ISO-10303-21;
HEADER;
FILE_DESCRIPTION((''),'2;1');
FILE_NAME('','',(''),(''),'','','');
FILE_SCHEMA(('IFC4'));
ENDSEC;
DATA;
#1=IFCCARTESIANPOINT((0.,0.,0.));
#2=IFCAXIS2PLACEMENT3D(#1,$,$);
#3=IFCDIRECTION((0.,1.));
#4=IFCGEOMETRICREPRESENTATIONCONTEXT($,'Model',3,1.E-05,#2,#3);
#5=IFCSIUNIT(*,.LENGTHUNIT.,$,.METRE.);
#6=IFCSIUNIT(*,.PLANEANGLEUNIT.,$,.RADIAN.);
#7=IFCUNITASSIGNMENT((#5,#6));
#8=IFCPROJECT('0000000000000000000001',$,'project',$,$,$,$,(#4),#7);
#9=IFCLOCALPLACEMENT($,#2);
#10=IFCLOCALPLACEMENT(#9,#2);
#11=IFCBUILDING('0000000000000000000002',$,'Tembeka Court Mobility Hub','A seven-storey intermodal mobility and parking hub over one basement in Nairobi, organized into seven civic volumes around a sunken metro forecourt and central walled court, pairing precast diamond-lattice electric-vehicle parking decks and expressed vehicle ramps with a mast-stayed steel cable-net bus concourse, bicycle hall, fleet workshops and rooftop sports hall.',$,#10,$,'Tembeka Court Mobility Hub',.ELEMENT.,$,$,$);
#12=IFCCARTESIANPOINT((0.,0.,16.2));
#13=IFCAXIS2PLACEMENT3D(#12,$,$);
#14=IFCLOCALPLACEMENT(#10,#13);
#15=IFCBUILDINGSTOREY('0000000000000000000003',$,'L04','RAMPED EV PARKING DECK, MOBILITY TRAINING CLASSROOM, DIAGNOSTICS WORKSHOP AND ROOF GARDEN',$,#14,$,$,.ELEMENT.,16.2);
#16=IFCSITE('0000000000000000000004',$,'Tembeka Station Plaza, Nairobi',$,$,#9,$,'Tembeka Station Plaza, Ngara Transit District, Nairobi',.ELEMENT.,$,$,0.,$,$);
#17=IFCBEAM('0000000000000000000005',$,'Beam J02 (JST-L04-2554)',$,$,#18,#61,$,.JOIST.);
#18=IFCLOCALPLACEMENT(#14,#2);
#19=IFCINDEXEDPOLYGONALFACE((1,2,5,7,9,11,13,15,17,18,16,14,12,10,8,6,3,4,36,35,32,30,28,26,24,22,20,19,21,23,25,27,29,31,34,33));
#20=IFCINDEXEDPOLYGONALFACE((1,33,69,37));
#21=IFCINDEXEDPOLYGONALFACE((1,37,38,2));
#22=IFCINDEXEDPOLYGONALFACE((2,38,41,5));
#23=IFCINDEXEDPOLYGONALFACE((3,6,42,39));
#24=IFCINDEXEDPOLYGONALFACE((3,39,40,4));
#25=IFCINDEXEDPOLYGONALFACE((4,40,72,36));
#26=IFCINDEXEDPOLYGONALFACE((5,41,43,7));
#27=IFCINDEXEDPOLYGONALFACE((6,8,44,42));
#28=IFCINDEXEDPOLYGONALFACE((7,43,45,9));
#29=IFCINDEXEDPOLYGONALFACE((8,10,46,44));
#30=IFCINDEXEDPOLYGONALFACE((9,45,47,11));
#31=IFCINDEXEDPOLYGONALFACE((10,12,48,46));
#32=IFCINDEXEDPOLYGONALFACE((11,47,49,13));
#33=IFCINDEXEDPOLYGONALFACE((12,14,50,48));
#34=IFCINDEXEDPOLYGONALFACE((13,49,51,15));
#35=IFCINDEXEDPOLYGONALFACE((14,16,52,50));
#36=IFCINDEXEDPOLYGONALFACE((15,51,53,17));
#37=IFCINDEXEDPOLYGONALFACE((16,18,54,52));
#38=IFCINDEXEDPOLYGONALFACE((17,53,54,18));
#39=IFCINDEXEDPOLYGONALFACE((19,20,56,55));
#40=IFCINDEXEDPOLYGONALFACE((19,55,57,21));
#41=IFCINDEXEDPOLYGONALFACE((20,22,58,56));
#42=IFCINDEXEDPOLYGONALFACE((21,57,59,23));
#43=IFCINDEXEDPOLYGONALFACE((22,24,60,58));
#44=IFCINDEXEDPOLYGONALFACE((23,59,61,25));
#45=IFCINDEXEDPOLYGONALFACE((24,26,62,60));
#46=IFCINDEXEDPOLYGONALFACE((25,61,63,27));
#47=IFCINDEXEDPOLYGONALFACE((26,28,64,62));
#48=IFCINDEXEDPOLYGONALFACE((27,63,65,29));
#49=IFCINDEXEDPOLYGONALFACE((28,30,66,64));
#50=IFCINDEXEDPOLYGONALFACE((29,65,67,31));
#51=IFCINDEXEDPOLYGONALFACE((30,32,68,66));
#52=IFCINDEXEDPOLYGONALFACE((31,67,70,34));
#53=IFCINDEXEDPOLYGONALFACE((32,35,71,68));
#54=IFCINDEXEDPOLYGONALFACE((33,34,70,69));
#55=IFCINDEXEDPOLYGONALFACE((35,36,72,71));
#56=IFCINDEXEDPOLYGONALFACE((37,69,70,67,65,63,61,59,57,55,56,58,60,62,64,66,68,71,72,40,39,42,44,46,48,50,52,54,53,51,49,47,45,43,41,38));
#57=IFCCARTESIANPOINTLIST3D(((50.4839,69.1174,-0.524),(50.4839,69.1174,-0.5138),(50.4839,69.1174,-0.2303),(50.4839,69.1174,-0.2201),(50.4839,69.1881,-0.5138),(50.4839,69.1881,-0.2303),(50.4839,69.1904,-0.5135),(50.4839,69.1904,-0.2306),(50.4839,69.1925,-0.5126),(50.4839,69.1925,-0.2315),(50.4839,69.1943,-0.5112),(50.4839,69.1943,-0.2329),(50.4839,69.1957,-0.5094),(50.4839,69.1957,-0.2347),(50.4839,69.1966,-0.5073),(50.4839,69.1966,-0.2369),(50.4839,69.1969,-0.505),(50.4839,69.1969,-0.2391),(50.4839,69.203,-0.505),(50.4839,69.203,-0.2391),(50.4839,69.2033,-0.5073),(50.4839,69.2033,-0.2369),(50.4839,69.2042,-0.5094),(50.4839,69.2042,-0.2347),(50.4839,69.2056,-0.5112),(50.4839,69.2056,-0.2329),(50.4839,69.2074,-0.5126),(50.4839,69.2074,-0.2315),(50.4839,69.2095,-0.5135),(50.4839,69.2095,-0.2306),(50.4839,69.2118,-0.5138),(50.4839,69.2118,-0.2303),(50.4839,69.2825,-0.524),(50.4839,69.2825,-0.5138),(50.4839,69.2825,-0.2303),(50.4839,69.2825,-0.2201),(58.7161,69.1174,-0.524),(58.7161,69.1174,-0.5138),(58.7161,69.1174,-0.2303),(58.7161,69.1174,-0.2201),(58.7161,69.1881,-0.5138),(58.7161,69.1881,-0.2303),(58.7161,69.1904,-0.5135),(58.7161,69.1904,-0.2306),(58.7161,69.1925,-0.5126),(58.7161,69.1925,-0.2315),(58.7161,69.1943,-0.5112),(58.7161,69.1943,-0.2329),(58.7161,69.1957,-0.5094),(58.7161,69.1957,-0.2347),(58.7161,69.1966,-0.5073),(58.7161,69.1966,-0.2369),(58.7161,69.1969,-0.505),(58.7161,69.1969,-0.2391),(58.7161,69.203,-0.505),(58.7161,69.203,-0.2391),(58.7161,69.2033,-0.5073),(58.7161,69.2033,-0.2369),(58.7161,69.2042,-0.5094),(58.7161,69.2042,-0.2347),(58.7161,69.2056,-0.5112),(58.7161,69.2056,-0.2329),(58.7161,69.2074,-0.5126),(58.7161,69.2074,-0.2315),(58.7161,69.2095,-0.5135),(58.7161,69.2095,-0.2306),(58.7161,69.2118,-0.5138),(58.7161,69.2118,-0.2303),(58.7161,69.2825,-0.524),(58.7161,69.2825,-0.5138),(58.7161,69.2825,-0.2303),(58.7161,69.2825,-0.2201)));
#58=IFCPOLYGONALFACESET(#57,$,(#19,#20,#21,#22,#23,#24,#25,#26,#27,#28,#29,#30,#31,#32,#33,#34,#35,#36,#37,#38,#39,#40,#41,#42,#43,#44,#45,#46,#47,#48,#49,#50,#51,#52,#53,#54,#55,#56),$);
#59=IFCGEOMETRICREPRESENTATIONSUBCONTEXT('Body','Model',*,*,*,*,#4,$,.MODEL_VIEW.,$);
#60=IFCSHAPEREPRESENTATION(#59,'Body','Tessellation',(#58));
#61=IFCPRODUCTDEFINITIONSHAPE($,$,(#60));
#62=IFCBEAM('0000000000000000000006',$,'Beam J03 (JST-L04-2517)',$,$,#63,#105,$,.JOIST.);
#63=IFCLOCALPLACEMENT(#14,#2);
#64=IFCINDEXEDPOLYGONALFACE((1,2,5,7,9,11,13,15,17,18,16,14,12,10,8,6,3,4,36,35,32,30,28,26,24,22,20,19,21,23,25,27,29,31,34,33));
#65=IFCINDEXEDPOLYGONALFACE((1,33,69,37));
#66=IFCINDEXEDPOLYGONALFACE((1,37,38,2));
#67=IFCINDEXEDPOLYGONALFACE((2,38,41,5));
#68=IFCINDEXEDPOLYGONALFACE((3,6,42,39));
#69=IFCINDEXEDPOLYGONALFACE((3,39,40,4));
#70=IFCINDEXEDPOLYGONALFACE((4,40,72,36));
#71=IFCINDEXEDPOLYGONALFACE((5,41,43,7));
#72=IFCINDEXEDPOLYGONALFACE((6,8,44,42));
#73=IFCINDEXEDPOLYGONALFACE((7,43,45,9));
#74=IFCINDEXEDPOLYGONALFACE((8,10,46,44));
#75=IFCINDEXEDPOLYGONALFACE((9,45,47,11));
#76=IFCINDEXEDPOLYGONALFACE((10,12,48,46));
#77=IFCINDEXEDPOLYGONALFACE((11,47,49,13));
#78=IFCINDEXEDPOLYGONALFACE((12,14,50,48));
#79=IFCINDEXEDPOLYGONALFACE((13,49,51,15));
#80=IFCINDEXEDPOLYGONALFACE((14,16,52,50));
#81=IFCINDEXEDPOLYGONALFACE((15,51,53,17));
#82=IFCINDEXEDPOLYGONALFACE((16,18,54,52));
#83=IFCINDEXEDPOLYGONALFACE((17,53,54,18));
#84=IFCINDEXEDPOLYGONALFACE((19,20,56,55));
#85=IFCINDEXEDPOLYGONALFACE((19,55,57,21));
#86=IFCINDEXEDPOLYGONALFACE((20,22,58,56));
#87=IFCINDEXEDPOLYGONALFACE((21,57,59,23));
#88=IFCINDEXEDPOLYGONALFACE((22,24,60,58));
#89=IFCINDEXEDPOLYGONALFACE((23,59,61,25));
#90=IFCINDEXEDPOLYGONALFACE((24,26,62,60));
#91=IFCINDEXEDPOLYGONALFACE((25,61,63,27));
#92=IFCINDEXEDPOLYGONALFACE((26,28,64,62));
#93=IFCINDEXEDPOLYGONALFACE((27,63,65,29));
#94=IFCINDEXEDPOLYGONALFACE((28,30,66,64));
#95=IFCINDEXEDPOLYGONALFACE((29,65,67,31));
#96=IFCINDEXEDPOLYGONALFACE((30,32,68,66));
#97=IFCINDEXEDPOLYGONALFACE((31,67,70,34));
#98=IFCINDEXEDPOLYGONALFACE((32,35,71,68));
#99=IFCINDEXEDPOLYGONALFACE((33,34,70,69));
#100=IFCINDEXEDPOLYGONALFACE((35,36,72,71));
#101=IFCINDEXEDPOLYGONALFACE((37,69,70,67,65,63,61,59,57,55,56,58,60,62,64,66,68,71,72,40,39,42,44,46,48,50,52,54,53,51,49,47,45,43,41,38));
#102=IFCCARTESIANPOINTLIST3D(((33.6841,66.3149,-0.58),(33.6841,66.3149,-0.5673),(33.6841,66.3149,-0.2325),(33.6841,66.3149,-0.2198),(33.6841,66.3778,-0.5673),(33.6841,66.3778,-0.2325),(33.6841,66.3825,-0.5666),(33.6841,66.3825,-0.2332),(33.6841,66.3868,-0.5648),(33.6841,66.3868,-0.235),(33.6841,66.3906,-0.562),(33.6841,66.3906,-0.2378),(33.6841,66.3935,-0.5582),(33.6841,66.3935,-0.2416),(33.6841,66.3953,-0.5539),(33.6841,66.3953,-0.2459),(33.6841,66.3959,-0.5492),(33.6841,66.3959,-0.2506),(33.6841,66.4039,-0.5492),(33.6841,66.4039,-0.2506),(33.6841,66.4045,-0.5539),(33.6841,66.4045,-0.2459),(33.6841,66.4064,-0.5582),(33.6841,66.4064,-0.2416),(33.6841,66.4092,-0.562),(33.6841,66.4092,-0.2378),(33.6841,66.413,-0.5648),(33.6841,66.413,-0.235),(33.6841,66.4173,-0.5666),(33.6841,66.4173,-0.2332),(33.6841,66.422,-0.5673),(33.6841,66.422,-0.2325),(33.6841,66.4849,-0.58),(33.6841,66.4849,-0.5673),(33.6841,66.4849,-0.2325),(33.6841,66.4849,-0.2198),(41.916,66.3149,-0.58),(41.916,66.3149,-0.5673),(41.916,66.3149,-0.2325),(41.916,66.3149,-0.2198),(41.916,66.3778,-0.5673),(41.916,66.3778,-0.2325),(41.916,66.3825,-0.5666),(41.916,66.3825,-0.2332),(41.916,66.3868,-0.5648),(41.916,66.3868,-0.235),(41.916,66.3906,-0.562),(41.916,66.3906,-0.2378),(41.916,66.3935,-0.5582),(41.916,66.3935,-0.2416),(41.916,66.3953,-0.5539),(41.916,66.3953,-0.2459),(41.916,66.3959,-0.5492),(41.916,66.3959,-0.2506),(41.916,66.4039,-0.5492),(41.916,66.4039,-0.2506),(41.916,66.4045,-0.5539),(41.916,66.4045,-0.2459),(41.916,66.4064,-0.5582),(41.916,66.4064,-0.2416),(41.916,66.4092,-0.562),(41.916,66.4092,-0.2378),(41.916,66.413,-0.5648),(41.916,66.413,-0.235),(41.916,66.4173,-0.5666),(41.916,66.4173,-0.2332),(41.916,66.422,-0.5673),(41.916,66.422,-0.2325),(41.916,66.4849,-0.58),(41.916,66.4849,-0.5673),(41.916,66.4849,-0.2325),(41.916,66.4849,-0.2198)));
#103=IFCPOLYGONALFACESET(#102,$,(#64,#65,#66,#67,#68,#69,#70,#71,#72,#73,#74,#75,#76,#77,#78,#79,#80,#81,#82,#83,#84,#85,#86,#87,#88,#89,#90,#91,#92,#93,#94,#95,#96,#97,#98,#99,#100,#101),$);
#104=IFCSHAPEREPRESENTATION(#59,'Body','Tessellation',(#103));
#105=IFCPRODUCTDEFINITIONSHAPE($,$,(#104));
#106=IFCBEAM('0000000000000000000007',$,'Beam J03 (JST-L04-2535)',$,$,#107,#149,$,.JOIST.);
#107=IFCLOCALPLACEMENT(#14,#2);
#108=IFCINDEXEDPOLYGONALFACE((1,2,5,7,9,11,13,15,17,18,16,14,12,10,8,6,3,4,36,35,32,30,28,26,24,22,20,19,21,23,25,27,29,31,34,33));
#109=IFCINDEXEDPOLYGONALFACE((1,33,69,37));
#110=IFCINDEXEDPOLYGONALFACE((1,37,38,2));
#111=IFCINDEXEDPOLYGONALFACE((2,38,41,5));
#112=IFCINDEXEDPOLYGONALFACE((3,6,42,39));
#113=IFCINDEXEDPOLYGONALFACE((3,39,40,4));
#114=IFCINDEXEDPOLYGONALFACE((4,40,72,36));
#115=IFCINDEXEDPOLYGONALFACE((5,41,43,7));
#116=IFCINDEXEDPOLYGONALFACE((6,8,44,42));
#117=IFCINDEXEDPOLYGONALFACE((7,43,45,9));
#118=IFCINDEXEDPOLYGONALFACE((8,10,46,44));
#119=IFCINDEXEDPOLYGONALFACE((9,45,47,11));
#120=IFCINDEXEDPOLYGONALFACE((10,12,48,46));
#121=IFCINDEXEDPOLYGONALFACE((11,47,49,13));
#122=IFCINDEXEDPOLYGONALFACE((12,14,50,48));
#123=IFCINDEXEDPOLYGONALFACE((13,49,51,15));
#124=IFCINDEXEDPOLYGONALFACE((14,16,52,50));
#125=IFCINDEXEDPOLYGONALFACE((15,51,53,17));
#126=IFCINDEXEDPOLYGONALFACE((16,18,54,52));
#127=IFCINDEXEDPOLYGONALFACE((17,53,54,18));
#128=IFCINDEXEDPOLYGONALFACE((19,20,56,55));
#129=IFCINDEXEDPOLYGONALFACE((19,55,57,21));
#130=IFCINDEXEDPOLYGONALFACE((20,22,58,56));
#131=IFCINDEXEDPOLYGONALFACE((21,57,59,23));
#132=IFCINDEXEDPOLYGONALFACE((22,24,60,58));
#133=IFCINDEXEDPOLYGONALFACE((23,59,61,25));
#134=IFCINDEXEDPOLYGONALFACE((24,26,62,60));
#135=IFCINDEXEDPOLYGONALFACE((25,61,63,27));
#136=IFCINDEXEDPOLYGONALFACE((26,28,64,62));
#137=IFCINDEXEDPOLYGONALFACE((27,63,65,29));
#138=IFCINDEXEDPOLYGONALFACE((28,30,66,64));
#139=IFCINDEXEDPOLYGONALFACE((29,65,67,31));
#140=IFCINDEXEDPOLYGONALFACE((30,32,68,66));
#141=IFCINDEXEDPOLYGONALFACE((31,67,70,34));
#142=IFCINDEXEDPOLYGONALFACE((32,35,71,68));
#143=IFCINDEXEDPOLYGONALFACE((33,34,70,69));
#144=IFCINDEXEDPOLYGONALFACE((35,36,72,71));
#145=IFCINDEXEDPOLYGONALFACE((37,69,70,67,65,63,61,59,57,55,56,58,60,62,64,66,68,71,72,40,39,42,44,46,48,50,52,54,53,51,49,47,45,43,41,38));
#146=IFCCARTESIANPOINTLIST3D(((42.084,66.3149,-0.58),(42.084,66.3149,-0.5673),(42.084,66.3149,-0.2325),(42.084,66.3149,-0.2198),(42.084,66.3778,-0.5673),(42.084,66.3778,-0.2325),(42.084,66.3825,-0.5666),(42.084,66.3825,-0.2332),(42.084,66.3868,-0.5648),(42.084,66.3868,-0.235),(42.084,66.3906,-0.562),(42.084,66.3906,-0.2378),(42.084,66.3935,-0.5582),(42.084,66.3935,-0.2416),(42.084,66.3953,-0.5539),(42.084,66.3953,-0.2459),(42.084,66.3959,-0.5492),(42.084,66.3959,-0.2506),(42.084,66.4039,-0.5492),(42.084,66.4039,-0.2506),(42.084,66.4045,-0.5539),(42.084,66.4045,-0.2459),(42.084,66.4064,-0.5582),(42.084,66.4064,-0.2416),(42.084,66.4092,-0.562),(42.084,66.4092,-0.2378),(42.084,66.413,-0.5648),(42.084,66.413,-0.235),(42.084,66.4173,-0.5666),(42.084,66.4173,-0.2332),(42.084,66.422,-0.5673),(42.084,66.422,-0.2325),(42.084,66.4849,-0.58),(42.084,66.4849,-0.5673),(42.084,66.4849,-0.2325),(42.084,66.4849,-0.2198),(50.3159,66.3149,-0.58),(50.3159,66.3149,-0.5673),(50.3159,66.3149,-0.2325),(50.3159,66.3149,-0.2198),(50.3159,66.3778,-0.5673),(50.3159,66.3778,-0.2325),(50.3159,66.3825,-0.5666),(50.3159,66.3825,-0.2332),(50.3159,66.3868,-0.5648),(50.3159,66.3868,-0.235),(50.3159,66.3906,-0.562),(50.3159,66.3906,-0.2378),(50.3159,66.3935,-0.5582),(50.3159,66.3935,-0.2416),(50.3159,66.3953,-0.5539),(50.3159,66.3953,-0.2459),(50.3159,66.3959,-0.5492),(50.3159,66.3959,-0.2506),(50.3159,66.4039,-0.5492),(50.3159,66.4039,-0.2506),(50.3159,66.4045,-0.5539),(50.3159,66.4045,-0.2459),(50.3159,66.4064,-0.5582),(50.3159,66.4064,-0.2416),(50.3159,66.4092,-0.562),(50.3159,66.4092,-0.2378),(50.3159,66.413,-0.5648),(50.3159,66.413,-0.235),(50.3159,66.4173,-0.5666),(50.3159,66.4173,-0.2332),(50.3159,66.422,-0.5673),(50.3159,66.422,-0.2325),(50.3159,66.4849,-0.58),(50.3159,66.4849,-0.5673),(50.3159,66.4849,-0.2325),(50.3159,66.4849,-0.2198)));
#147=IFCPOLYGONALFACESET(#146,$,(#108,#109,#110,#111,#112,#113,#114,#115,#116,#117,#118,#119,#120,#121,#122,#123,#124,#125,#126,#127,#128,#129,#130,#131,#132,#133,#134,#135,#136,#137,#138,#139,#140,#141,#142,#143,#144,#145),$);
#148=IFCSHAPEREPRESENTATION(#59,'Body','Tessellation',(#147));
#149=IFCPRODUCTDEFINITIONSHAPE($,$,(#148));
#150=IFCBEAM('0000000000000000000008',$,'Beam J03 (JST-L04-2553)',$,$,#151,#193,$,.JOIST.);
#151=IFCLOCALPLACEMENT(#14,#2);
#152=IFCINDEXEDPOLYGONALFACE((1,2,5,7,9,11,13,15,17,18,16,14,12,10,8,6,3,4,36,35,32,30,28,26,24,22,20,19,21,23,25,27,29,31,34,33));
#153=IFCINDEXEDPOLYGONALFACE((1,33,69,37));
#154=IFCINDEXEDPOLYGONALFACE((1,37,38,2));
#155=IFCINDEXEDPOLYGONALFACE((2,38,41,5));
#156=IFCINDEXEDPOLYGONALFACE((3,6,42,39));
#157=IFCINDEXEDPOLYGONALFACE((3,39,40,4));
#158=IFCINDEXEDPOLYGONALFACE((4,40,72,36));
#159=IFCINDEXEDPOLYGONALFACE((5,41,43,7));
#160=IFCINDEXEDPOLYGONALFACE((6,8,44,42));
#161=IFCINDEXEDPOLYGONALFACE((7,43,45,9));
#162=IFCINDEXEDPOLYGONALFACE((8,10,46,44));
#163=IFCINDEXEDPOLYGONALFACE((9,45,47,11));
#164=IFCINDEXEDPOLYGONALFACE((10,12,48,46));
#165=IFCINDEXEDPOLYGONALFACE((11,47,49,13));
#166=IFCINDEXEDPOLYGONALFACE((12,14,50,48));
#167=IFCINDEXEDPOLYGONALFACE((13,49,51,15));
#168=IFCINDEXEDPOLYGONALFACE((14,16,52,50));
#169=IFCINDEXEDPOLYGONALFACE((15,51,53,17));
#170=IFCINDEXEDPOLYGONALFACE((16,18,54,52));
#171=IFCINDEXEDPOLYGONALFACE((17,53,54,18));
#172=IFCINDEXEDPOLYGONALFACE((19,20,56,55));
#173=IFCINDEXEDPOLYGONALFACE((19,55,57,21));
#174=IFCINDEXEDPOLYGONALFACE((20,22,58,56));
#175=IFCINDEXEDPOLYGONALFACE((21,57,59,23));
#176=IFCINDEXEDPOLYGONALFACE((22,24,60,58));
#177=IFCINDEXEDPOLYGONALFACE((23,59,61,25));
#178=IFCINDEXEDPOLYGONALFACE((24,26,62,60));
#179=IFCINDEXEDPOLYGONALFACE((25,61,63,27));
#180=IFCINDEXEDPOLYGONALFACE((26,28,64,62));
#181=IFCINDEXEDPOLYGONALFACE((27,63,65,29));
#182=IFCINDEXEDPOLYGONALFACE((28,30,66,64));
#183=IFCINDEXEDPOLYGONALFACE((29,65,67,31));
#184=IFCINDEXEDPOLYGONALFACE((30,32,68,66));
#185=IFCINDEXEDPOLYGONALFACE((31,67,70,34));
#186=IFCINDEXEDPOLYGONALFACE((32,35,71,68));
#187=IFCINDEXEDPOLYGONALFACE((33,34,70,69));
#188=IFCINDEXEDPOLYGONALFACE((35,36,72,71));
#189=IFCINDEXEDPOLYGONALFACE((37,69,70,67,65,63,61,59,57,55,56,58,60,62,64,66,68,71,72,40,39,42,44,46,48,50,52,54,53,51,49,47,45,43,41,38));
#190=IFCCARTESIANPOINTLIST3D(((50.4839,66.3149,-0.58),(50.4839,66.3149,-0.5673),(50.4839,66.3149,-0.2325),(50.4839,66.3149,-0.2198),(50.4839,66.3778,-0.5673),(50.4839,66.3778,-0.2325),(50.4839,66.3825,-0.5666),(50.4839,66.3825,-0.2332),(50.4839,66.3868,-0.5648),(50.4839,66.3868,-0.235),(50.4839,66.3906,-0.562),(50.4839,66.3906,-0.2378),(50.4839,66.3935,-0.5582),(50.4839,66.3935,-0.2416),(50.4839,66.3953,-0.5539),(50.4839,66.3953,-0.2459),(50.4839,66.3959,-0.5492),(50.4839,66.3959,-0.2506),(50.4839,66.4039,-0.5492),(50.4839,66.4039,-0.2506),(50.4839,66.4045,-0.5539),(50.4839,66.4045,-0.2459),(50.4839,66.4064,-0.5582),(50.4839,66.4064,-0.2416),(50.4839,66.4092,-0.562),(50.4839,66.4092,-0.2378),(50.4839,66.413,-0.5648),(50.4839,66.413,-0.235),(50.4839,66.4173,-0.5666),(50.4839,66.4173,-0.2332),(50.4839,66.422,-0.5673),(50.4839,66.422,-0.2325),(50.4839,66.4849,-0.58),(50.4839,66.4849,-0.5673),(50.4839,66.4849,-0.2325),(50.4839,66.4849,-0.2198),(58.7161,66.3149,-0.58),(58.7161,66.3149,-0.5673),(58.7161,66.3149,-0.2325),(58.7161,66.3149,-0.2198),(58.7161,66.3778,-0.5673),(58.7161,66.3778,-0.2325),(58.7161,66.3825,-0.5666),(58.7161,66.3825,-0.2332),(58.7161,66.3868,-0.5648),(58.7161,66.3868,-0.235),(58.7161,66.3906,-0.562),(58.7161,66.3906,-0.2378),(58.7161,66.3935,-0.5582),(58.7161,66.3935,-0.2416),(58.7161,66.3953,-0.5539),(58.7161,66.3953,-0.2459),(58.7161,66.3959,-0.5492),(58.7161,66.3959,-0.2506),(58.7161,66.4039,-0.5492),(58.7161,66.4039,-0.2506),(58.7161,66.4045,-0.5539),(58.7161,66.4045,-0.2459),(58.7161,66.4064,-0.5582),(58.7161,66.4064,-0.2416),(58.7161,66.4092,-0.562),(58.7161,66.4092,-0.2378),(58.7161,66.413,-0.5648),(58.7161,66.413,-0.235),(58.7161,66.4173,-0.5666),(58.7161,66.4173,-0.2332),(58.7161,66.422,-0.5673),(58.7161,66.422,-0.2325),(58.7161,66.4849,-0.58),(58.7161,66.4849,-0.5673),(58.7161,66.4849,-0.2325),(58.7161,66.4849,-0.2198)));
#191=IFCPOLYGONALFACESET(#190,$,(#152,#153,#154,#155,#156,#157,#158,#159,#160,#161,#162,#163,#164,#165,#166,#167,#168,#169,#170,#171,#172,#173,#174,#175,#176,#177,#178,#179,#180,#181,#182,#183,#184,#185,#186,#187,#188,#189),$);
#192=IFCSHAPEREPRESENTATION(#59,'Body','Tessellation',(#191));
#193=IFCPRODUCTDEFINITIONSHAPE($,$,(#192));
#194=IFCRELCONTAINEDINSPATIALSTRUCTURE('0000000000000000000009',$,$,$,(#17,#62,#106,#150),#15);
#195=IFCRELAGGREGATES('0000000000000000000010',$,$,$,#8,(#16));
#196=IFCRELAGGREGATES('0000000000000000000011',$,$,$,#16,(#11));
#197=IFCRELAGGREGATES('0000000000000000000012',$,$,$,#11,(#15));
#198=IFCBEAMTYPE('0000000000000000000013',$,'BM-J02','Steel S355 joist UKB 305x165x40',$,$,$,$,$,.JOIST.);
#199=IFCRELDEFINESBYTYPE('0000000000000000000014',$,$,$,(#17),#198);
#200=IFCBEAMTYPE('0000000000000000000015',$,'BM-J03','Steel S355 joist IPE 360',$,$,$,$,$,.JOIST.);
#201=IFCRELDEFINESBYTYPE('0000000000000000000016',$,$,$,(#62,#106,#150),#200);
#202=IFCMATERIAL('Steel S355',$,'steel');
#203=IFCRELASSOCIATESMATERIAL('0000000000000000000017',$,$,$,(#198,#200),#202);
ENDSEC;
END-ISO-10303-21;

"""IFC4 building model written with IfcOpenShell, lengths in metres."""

from ifc_helpers import new_model, si_unit, direction, frame, origin, origin_2d, place, context, subcontext, project, spatial, i_section, extrude, material, material_profile, profile_set, type_object, element, save


model = new_model("IFC4")

# Units and contexts
model_context = context("Model", 3, precision=1e-05, world=origin(), true_north=direction((0.0, 1.0)))
body_context = subcontext(model_context, "Body", "Model", "MODEL_VIEW")
ifc_project = project(units=[si_unit("LENGTHUNIT", "METRE"), si_unit("PLANEANGLEUNIT", "RADIAN")], contexts=[model_context])

# Site, building, storey
site_placement = place(None, origin())
site = spatial("IfcSite", under=ifc_project, at=site_placement, Name="Tembeka Station Plaza, Nairobi", LongName="Tembeka Station Plaza, Ngara Transit District, Nairobi", CompositionType="ELEMENT", RefElevation=0.0)
building_placement = place(site_placement, origin())
building = spatial("IfcBuilding", under=site, at=building_placement, Name="Tembeka Court Mobility Hub", Description="A seven-storey intermodal mobility and parking hub over one basement in Nairobi, organized into seven civic volumes around a sunken metro forecourt and central walled court, pairing precast diamond-lattice electric-vehicle parking decks and expressed vehicle ramps with a mast-stayed steel cable-net bus concourse, bicycle hall, fleet workshops and rooftop sports hall.", LongName="Tembeka Court Mobility Hub", CompositionType="ELEMENT")
storey_placement = place(building_placement, frame((0.0, 0.0, 16.2)))
storey = spatial("IfcBuildingStorey", under=building, at=storey_placement, Name="L04", Description="RAMPED EV PARKING DECK, MOBILITY TRAINING CLASSROOM, DIAGNOSTICS WORKSHOP AND ROOF GARDEN", CompositionType="ELEMENT", Elevation=16.2)

# Shared definitions
ifc_material_1 = material(Name="Steel S355", Category="steel")

# Beams
ifc_material_profile_1 = material_profile(ifc_material_1, i_section(OverallWidth=0.165, OverallDepth=0.304, WebThickness=0.0061, FlangeThickness=0.0103, FilletRadius=0.0088, at=origin_2d()), Name="UKB 305x165x40")
ifc_profile_set_1 = profile_set([ifc_material_profile_1], Name="Steel S355")
beam_type_1 = type_object("IfcBeamType", Name="BM-J02", Description="Steel S355 joist UKB 305x165x40", PredefinedType="JOIST", material=ifc_profile_set_1)
beam_1_placement = place(storey_placement, frame((50.4839, 69.2, -0.3721), z_axis=(1.0, 0.0, 0.0), x_axis=(0.0, 1.0, 0.0)))
element("IfcBeam", 1, at=beam_1_placement, inside=storey, type_object=beam_type_1, Name="Beam J02 (JST-L04-2554)", PredefinedType="JOIST", context=body_context, shape_type="SweptSolid", body=[
    extrude(i_section(OverallWidth=0.165, OverallDepth=0.304, WebThickness=0.0061, FlangeThickness=0.0103, FilletRadius=0.0088, at=origin_2d()), origin(), (0.0, 0.0, 1.0), 8.2322),
])
ifc_material_profile_2 = material_profile(ifc_material_1, i_section(OverallWidth=0.1699, OverallDepth=0.3601, WebThickness=0.0081, FlangeThickness=0.0127, FilletRadius=0.0181, at=origin_2d()), Name="IPE 360")
ifc_profile_set_2 = profile_set([ifc_material_profile_2], Name="Steel S355")
beam_type_2 = type_object("IfcBeamType", Name="BM-J03", Description="Steel S355 joist IPE 360", PredefinedType="JOIST", material=ifc_profile_set_2)
for number, where, z_axis, x_axis, name in (
    (2, (33.6841, 66.3999, -0.3999), (1.0, 0.0, 0.0), (0.0, 1.0, 0.0), "Beam J03 (JST-L04-2517)"),
    (3, (42.084, 66.3999, -0.3999), (1.0, 0.0, 0.0), (0.0, 1.0, 0.0), "Beam J03 (JST-L04-2535)"),
):
    element("IfcBeam", number, at=place(storey_placement, frame(where, z_axis=z_axis, x_axis=x_axis)), inside=storey, type_object=beam_type_2, Name=name, PredefinedType="JOIST", context=body_context, shape_type="SweptSolid", body=[
        extrude(i_section(OverallWidth=0.1699, OverallDepth=0.3601, WebThickness=0.0081, FlangeThickness=0.0127, FilletRadius=0.0181, at=origin_2d()), origin(), (0.0, 0.0, 1.0), 8.2319),
    ])
beam_2_placement = place(storey_placement, frame((50.4839, 66.3999, -0.3999), z_axis=(1.0, 0.0, 0.0), x_axis=(0.0, 1.0, 0.0)))
element("IfcBeam", 4, at=beam_2_placement, inside=storey, type_object=beam_type_2, Name="Beam J03 (JST-L04-2553)", PredefinedType="JOIST", context=body_context, shape_type="SweptSolid", body=[
    extrude(i_section(OverallWidth=0.1699, OverallDepth=0.3601, WebThickness=0.0081, FlangeThickness=0.0127, FilletRadius=0.0181, at=origin_2d()), origin(), (0.0, 0.0, 1.0), 8.2322),
])

save(model, "model.ifc")
